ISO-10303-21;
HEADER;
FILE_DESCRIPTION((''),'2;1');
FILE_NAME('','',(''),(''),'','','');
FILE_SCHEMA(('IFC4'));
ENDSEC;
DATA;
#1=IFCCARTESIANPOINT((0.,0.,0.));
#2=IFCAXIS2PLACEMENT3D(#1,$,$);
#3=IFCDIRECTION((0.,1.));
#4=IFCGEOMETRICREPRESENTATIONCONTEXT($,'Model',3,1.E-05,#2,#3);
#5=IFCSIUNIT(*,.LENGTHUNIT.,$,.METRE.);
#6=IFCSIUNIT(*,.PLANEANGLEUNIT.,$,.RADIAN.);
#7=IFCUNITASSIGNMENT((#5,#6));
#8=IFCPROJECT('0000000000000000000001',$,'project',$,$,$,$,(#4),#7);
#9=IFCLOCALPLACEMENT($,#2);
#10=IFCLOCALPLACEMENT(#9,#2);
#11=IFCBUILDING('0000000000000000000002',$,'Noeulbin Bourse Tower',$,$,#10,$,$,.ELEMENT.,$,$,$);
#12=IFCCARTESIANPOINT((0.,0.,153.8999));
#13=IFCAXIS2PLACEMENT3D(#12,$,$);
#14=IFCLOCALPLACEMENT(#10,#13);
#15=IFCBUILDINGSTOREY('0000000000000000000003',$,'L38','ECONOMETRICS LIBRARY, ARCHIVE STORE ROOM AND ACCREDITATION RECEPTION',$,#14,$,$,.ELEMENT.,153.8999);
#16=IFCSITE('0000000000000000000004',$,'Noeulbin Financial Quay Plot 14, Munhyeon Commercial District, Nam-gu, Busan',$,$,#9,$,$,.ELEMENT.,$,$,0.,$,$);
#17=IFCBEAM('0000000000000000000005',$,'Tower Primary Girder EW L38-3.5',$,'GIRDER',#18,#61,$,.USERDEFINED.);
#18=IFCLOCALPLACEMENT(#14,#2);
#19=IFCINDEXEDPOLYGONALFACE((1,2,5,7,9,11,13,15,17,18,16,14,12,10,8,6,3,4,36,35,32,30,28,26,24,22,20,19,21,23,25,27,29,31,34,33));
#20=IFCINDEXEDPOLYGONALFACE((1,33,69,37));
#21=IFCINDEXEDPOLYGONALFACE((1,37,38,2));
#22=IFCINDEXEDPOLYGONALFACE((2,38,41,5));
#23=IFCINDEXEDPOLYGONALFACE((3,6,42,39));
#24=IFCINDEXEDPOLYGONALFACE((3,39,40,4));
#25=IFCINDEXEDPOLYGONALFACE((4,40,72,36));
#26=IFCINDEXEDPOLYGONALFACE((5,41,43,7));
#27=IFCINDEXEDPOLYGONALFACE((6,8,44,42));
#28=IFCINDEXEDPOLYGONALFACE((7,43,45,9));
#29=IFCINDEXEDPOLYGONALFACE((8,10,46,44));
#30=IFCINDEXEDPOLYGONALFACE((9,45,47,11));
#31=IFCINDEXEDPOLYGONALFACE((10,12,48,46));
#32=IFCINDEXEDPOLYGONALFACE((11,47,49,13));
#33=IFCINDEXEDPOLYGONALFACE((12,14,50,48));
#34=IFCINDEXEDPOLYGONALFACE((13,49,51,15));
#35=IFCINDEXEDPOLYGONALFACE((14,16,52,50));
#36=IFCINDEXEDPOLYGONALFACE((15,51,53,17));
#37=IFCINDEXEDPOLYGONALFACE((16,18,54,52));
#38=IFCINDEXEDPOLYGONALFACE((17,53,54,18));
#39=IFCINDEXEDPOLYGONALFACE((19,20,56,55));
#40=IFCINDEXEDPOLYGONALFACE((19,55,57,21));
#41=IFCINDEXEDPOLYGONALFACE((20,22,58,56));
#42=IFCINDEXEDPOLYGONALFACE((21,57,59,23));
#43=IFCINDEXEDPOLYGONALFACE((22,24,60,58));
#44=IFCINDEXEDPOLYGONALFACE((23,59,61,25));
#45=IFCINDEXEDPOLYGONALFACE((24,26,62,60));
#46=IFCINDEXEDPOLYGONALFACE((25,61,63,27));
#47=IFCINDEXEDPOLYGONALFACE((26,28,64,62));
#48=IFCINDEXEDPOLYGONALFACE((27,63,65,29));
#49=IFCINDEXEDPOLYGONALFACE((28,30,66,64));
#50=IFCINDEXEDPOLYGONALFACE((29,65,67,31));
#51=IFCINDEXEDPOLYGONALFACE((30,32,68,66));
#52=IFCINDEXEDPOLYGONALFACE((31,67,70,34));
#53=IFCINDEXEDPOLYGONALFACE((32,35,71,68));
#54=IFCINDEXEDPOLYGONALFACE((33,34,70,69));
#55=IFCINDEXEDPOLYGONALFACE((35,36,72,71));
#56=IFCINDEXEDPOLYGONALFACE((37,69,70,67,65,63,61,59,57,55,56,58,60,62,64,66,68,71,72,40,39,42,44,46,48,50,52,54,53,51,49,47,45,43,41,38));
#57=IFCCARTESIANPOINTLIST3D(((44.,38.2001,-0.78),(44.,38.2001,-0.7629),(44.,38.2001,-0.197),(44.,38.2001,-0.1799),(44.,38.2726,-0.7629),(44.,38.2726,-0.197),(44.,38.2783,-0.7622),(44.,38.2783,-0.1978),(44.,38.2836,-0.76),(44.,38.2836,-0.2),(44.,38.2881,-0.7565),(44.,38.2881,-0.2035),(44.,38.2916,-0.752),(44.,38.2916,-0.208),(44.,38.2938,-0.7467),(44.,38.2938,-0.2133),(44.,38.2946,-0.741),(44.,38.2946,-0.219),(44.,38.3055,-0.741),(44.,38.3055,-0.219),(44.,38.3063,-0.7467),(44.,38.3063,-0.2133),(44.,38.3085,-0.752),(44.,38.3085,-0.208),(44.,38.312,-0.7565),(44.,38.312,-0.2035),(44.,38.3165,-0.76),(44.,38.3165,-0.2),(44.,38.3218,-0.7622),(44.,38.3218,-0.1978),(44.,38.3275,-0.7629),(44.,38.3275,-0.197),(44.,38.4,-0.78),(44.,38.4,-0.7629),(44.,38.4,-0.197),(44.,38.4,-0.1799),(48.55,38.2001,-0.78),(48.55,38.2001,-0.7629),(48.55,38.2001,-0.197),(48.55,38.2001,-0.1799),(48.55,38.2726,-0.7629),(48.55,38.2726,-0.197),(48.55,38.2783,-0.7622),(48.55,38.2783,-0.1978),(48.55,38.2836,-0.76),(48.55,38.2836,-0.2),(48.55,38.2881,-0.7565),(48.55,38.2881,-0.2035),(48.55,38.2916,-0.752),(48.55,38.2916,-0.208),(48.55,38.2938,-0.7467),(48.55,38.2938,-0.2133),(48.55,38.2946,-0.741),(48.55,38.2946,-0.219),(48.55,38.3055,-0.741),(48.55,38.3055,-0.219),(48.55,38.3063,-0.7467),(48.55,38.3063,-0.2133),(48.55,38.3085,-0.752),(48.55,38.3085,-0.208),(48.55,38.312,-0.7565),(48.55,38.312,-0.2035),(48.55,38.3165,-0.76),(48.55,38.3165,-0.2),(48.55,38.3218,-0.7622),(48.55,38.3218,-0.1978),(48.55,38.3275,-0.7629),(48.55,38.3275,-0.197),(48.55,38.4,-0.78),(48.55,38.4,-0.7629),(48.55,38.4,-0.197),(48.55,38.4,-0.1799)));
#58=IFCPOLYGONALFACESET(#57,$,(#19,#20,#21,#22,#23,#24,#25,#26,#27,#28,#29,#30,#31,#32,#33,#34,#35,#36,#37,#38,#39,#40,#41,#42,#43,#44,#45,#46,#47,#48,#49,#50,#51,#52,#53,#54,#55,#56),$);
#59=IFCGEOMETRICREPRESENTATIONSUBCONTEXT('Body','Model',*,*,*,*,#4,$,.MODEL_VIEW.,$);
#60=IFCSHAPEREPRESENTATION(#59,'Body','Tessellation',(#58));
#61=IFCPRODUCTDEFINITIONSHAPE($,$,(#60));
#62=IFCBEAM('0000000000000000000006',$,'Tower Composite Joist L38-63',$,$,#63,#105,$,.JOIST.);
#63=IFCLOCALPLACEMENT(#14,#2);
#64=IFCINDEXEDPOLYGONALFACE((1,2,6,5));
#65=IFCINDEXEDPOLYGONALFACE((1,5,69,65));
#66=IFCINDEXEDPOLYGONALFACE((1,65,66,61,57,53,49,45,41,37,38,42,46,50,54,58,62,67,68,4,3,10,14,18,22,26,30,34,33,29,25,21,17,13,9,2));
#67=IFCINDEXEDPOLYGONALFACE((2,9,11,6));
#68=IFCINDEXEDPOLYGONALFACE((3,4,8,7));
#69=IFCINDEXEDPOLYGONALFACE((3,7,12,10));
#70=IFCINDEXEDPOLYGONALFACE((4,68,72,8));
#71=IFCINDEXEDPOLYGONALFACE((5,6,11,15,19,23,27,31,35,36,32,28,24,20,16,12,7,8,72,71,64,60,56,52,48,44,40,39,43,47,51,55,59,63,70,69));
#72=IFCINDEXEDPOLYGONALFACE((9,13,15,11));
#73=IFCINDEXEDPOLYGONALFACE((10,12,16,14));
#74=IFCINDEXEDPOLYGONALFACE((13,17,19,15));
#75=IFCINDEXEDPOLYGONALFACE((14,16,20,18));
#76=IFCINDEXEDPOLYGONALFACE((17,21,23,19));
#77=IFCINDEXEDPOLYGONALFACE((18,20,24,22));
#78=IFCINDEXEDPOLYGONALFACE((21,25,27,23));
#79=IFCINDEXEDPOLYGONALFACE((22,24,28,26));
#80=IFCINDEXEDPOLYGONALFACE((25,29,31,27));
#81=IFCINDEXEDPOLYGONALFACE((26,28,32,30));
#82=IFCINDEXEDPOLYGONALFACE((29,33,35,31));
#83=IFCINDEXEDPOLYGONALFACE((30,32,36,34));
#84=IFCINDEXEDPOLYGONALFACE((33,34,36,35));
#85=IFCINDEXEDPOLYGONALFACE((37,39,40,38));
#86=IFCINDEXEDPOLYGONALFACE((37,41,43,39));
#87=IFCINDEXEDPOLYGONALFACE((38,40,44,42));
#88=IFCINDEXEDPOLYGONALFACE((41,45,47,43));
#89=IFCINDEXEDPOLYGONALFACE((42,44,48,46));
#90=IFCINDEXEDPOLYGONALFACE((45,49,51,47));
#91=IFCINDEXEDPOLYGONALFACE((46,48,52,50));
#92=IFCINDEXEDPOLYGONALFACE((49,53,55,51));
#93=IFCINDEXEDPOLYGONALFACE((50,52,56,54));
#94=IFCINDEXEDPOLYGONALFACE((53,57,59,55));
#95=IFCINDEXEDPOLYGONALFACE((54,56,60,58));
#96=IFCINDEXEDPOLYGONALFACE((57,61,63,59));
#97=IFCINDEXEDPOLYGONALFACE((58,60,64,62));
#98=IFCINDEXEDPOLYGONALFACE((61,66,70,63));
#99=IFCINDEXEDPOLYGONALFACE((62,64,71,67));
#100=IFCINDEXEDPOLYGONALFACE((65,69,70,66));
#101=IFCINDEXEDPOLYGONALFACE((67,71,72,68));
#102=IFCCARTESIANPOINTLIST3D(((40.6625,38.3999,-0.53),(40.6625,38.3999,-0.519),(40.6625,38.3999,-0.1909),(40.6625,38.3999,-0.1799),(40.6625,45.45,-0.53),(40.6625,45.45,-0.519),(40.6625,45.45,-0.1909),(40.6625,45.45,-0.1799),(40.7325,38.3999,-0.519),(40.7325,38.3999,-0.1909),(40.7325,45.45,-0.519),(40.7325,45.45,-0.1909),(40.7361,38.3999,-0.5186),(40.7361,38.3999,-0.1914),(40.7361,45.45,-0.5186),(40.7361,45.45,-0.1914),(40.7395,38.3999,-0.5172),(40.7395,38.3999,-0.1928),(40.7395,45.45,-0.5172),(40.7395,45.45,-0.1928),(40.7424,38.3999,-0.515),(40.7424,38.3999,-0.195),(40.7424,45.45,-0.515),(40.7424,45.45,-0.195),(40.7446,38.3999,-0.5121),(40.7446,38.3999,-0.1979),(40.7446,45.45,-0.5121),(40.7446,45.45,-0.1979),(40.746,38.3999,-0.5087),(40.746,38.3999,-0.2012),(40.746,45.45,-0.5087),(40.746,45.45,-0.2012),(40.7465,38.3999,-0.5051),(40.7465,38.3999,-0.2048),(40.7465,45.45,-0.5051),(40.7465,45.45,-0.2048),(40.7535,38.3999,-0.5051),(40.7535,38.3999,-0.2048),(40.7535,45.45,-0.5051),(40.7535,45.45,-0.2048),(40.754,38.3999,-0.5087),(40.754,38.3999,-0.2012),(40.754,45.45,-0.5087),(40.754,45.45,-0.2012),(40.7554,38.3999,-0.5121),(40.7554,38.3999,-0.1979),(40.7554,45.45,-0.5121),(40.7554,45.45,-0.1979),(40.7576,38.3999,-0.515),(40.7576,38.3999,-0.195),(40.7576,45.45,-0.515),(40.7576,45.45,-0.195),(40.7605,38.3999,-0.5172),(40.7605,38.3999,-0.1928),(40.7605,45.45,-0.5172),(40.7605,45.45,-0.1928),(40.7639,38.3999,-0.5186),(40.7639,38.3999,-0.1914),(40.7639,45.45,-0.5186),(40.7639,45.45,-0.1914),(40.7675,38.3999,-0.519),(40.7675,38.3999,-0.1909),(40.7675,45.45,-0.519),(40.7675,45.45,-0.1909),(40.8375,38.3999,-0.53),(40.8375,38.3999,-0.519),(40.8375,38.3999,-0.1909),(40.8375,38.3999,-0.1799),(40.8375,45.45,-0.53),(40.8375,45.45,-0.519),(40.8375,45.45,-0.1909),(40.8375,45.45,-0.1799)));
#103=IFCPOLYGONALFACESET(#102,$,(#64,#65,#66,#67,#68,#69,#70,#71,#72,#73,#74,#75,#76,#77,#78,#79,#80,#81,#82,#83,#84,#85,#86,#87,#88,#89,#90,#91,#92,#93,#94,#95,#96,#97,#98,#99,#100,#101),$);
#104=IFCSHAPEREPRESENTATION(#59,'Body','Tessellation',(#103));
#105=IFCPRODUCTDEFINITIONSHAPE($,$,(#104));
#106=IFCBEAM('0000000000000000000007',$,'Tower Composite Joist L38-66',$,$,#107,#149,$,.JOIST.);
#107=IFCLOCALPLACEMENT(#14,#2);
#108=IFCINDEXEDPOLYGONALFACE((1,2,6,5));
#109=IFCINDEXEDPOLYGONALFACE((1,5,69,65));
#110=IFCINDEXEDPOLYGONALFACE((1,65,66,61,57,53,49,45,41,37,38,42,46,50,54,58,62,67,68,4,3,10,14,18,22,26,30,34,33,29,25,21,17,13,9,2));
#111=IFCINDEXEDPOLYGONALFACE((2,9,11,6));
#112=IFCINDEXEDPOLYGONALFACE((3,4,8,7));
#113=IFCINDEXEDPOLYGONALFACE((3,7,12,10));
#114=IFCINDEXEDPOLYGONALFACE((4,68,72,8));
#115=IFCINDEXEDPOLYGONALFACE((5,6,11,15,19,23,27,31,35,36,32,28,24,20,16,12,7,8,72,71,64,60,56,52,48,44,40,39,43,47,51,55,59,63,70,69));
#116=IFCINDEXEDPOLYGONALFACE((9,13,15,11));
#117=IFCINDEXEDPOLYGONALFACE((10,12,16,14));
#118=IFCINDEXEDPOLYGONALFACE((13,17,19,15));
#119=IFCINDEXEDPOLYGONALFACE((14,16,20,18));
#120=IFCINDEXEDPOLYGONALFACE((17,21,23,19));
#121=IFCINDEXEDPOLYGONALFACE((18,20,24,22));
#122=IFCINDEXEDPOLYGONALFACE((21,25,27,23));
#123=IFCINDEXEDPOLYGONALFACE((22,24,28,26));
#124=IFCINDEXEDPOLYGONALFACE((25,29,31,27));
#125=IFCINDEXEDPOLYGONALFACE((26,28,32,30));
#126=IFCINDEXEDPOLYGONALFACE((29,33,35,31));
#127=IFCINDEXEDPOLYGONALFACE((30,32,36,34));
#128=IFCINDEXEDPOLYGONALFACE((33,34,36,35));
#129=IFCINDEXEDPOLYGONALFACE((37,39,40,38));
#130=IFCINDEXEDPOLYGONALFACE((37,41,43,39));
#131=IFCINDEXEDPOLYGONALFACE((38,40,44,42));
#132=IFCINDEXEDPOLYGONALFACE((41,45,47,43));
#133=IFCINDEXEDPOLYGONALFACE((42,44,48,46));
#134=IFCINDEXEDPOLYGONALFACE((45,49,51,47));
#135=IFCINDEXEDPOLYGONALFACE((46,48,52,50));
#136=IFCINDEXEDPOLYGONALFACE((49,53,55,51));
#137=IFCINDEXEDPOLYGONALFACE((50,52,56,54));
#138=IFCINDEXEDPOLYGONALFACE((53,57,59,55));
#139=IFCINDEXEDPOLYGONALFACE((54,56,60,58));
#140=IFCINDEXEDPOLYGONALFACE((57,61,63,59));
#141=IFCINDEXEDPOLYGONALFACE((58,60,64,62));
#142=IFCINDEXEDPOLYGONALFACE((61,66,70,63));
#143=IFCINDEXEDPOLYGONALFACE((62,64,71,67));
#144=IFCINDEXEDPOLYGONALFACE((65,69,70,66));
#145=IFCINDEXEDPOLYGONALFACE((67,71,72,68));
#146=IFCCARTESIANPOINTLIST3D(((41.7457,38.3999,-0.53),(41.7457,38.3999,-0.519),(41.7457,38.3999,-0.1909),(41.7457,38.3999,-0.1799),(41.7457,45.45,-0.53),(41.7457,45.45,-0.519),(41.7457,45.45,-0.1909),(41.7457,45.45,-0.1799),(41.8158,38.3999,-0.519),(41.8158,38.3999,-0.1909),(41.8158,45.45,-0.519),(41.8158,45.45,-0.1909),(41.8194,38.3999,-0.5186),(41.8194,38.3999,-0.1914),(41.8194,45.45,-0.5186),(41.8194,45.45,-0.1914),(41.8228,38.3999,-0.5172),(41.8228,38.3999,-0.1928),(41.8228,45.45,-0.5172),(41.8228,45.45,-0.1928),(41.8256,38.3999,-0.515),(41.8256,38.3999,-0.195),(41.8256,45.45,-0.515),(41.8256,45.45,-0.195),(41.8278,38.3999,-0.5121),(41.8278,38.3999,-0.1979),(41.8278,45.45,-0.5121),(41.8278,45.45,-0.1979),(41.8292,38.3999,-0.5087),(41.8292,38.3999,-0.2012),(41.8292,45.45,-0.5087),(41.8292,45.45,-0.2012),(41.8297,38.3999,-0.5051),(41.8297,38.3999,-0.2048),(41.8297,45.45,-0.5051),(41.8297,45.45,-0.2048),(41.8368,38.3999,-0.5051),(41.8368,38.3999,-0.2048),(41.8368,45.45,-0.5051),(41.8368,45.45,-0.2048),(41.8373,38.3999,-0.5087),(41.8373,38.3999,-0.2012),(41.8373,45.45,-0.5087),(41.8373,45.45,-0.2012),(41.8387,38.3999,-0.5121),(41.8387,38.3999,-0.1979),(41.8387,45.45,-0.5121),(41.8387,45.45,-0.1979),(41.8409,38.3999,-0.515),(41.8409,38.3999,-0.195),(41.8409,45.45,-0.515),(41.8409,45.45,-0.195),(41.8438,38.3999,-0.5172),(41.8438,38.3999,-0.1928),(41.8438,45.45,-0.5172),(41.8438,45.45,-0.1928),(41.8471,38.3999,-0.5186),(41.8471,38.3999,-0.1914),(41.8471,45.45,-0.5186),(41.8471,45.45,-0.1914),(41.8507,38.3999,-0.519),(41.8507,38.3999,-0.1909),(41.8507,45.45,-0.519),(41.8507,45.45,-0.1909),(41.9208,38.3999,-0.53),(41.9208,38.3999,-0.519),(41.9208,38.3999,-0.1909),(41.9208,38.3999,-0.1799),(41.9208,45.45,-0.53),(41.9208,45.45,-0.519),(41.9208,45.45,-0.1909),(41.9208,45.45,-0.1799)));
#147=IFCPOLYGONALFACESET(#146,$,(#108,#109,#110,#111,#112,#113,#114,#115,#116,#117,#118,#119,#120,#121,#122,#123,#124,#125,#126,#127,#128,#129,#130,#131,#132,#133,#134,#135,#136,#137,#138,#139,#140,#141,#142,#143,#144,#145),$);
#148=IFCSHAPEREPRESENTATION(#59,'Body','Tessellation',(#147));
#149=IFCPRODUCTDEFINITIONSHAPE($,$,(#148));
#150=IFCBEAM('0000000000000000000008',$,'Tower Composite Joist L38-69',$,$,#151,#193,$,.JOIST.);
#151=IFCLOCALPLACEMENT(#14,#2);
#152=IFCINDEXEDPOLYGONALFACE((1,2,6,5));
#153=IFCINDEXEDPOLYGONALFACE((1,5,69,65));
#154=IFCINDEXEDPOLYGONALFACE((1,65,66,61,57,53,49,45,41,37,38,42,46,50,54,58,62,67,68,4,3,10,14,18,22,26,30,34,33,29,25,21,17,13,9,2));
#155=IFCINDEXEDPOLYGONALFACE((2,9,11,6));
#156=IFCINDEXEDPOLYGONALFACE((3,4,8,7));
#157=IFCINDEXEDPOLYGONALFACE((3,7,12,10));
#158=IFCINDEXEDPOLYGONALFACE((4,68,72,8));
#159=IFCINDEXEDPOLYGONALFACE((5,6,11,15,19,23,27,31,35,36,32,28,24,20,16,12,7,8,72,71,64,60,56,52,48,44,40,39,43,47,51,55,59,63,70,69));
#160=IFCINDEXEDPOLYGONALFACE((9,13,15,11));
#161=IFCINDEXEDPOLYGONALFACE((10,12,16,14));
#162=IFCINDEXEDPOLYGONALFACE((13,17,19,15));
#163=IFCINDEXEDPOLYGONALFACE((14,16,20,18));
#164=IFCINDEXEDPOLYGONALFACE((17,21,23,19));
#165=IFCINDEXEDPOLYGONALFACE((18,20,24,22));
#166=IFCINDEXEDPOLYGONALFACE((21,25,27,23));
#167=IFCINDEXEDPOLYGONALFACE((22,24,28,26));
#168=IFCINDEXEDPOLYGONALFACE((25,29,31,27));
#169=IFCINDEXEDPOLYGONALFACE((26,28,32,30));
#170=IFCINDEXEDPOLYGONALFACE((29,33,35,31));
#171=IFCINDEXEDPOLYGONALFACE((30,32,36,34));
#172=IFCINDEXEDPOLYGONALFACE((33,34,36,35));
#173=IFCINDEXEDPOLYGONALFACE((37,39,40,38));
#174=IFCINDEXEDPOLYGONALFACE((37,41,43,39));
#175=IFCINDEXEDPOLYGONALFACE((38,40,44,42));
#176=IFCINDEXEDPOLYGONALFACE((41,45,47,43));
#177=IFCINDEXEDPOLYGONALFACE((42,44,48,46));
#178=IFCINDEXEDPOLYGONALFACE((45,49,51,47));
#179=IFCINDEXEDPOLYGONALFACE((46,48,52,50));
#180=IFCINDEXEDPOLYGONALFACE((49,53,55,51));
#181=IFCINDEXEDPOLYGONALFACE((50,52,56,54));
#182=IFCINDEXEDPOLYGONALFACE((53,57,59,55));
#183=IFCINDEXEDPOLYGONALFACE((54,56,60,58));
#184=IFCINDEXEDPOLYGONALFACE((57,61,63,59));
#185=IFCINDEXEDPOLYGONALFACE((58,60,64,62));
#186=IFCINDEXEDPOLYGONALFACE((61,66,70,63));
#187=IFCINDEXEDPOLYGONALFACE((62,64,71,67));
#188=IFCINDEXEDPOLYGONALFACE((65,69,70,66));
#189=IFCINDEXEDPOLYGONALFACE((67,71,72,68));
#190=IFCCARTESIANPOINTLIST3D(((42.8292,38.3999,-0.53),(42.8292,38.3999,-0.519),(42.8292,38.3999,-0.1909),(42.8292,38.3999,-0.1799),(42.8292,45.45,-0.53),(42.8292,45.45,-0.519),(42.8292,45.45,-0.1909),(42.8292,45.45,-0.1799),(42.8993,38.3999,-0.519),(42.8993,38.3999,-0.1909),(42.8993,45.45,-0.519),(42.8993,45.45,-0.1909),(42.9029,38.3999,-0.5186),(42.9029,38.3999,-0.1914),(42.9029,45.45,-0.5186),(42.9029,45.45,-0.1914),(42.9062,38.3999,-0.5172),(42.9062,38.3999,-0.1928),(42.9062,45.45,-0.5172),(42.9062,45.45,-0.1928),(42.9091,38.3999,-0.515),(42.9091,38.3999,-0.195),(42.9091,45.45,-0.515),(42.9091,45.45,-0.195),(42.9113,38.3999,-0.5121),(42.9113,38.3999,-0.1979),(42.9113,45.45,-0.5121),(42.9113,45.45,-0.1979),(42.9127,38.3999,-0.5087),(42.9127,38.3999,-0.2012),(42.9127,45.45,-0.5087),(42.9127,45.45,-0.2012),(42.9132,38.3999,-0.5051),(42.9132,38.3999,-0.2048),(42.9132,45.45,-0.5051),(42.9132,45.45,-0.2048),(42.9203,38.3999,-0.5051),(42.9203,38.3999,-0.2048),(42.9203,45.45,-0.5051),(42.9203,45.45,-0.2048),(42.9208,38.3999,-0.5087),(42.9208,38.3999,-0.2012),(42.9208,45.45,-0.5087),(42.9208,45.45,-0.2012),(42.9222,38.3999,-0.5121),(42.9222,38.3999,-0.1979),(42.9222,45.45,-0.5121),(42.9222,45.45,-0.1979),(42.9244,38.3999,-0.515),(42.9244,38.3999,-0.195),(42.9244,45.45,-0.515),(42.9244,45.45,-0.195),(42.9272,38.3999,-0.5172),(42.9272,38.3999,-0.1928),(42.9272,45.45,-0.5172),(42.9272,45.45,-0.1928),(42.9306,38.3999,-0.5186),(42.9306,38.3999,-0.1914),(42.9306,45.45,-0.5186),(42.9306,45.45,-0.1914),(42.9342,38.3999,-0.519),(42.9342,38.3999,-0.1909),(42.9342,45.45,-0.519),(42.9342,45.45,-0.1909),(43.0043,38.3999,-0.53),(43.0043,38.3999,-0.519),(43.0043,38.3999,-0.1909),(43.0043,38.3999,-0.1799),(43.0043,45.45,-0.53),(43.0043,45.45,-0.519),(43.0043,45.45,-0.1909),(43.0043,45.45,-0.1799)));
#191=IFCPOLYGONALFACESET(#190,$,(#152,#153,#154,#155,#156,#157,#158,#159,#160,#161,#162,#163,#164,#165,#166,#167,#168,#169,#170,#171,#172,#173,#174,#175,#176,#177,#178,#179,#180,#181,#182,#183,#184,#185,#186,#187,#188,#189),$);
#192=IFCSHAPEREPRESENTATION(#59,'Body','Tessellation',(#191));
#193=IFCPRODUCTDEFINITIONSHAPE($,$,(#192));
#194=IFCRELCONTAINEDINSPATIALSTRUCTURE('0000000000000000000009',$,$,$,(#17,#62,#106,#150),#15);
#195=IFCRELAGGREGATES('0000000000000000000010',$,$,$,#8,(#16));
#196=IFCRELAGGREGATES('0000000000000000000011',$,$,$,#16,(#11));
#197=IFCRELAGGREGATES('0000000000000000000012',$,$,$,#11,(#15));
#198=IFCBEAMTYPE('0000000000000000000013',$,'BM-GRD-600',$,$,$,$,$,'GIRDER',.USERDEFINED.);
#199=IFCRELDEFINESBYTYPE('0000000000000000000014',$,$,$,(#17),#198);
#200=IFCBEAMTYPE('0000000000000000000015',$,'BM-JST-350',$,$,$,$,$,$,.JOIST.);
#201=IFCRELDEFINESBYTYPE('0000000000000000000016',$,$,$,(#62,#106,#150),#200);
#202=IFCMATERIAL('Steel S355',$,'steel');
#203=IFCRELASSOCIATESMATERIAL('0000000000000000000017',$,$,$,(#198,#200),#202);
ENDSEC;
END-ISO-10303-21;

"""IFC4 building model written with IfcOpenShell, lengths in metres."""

from ifc_helpers import new_model, si_unit, direction, frame, origin, origin_2d, place, context, subcontext, project, spatial, i_section, extrude, material, material_profile, profile_set, type_object, element, save


model = new_model("IFC4")

# Units and contexts
model_context = context("Model", 3, precision=1e-05, world=origin(), true_north=direction((0.0, 1.0)))
body_context = subcontext(model_context, "Body", "Model", "MODEL_VIEW")
ifc_project = project(units=[si_unit("LENGTHUNIT", "METRE"), si_unit("PLANEANGLEUNIT", "RADIAN")], contexts=[model_context])

# Site, building, storey
site_placement = place(None, origin())
site = spatial("IfcSite", under=ifc_project, at=site_placement, Name="Noeulbin Financial Quay Plot 14, Munhyeon Commercial District, Nam-gu, Busan", CompositionType="ELEMENT", RefElevation=0.0)
building_placement = place(site_placement, origin())
building = spatial("IfcBuilding", under=site, at=building_placement, Name="Noeulbin Bourse Tower", CompositionType="ELEMENT")
storey_placement = place(building_placement, frame((0.0, 0.0, 153.8999)))
storey = spatial("IfcBuildingStorey", under=building, at=storey_placement, Name="L38", Description="ECONOMETRICS LIBRARY, ARCHIVE STORE ROOM AND ACCREDITATION RECEPTION", CompositionType="ELEMENT", Elevation=153.8999)

# Shared definitions
ifc_material_1 = material(Name="Steel S355", Category="steel")

# Beams
ifc_material_profile_1 = material_profile(ifc_material_1, i_section(OverallWidth=0.2, OverallDepth=0.6001, WebThickness=0.011, FlangeThickness=0.0171, FilletRadius=0.022, at=origin_2d()), Name="H-600x200x11x17", Category="LoadBearing")
ifc_profile_set_1 = profile_set([ifc_material_profile_1], Name="Steel S355")
beam_type_1 = type_object("IfcBeamType", Name="BM-GRD-600", ElementType="GIRDER", PredefinedType="USERDEFINED", material=ifc_profile_set_1)
beam_1_placement = place(storey_placement, frame((44.0, 38.3, -0.48), z_axis=(1.0, 0.0, 0.0), x_axis=(0.0, 1.0, 0.0)))
element("IfcBeam", 1, at=beam_1_placement, inside=storey, type_object=beam_type_1, Name="Tower Primary Girder EW L38-3.5", ObjectType="GIRDER", PredefinedType="USERDEFINED", context=body_context, shape_type="SweptSolid", body=[
    extrude(i_section(OverallWidth=0.2, OverallDepth=0.6001, WebThickness=0.011, FlangeThickness=0.0171, FilletRadius=0.022, at=origin_2d()), origin(), (0.0, 0.0, 1.0), 4.55),
])
ifc_material_profile_2 = material_profile(ifc_material_1, i_section(OverallWidth=0.175, OverallDepth=0.3501, WebThickness=0.0071, FlangeThickness=0.011, FilletRadius=0.0139, at=origin_2d()), Name="H-350x175x7x11", Category="LoadBearing")
ifc_profile_set_2 = profile_set([ifc_material_profile_2], Name="Steel S355")
beam_type_2 = type_object("IfcBeamType", Name="BM-JST-350", PredefinedType="JOIST", material=ifc_profile_set_2)
for number, where, z_axis, x_axis, name in (
    (2, (40.75, 38.3999, -0.355), (0.0, 1.0, 0.0), (-1.0, 0.0, 0.0), "Tower Composite Joist L38-63"),
    (3, (41.8333, 38.3999, -0.355), (0.0, 1.0, 0.0), (-1.0, 0.0, 0.0), "Tower Composite Joist L38-66"),
    (4, (42.9167, 38.3999, -0.355), (0.0, 1.0, 0.0), (-1.0, 0.0, 0.0), "Tower Composite Joist L38-69"),
):
    element("IfcBeam", number, at=place(storey_placement, frame(where, z_axis=z_axis, x_axis=x_axis)), inside=storey, type_object=beam_type_2, Name=name, PredefinedType="JOIST", context=body_context, shape_type="SweptSolid", body=[
        extrude(i_section(OverallWidth=0.175, OverallDepth=0.3501, WebThickness=0.0071, FlangeThickness=0.011, FilletRadius=0.0139, at=origin_2d()), origin(), (0.0, 0.0, 1.0), 7.05),
    ])

save(model, "model.ifc")
